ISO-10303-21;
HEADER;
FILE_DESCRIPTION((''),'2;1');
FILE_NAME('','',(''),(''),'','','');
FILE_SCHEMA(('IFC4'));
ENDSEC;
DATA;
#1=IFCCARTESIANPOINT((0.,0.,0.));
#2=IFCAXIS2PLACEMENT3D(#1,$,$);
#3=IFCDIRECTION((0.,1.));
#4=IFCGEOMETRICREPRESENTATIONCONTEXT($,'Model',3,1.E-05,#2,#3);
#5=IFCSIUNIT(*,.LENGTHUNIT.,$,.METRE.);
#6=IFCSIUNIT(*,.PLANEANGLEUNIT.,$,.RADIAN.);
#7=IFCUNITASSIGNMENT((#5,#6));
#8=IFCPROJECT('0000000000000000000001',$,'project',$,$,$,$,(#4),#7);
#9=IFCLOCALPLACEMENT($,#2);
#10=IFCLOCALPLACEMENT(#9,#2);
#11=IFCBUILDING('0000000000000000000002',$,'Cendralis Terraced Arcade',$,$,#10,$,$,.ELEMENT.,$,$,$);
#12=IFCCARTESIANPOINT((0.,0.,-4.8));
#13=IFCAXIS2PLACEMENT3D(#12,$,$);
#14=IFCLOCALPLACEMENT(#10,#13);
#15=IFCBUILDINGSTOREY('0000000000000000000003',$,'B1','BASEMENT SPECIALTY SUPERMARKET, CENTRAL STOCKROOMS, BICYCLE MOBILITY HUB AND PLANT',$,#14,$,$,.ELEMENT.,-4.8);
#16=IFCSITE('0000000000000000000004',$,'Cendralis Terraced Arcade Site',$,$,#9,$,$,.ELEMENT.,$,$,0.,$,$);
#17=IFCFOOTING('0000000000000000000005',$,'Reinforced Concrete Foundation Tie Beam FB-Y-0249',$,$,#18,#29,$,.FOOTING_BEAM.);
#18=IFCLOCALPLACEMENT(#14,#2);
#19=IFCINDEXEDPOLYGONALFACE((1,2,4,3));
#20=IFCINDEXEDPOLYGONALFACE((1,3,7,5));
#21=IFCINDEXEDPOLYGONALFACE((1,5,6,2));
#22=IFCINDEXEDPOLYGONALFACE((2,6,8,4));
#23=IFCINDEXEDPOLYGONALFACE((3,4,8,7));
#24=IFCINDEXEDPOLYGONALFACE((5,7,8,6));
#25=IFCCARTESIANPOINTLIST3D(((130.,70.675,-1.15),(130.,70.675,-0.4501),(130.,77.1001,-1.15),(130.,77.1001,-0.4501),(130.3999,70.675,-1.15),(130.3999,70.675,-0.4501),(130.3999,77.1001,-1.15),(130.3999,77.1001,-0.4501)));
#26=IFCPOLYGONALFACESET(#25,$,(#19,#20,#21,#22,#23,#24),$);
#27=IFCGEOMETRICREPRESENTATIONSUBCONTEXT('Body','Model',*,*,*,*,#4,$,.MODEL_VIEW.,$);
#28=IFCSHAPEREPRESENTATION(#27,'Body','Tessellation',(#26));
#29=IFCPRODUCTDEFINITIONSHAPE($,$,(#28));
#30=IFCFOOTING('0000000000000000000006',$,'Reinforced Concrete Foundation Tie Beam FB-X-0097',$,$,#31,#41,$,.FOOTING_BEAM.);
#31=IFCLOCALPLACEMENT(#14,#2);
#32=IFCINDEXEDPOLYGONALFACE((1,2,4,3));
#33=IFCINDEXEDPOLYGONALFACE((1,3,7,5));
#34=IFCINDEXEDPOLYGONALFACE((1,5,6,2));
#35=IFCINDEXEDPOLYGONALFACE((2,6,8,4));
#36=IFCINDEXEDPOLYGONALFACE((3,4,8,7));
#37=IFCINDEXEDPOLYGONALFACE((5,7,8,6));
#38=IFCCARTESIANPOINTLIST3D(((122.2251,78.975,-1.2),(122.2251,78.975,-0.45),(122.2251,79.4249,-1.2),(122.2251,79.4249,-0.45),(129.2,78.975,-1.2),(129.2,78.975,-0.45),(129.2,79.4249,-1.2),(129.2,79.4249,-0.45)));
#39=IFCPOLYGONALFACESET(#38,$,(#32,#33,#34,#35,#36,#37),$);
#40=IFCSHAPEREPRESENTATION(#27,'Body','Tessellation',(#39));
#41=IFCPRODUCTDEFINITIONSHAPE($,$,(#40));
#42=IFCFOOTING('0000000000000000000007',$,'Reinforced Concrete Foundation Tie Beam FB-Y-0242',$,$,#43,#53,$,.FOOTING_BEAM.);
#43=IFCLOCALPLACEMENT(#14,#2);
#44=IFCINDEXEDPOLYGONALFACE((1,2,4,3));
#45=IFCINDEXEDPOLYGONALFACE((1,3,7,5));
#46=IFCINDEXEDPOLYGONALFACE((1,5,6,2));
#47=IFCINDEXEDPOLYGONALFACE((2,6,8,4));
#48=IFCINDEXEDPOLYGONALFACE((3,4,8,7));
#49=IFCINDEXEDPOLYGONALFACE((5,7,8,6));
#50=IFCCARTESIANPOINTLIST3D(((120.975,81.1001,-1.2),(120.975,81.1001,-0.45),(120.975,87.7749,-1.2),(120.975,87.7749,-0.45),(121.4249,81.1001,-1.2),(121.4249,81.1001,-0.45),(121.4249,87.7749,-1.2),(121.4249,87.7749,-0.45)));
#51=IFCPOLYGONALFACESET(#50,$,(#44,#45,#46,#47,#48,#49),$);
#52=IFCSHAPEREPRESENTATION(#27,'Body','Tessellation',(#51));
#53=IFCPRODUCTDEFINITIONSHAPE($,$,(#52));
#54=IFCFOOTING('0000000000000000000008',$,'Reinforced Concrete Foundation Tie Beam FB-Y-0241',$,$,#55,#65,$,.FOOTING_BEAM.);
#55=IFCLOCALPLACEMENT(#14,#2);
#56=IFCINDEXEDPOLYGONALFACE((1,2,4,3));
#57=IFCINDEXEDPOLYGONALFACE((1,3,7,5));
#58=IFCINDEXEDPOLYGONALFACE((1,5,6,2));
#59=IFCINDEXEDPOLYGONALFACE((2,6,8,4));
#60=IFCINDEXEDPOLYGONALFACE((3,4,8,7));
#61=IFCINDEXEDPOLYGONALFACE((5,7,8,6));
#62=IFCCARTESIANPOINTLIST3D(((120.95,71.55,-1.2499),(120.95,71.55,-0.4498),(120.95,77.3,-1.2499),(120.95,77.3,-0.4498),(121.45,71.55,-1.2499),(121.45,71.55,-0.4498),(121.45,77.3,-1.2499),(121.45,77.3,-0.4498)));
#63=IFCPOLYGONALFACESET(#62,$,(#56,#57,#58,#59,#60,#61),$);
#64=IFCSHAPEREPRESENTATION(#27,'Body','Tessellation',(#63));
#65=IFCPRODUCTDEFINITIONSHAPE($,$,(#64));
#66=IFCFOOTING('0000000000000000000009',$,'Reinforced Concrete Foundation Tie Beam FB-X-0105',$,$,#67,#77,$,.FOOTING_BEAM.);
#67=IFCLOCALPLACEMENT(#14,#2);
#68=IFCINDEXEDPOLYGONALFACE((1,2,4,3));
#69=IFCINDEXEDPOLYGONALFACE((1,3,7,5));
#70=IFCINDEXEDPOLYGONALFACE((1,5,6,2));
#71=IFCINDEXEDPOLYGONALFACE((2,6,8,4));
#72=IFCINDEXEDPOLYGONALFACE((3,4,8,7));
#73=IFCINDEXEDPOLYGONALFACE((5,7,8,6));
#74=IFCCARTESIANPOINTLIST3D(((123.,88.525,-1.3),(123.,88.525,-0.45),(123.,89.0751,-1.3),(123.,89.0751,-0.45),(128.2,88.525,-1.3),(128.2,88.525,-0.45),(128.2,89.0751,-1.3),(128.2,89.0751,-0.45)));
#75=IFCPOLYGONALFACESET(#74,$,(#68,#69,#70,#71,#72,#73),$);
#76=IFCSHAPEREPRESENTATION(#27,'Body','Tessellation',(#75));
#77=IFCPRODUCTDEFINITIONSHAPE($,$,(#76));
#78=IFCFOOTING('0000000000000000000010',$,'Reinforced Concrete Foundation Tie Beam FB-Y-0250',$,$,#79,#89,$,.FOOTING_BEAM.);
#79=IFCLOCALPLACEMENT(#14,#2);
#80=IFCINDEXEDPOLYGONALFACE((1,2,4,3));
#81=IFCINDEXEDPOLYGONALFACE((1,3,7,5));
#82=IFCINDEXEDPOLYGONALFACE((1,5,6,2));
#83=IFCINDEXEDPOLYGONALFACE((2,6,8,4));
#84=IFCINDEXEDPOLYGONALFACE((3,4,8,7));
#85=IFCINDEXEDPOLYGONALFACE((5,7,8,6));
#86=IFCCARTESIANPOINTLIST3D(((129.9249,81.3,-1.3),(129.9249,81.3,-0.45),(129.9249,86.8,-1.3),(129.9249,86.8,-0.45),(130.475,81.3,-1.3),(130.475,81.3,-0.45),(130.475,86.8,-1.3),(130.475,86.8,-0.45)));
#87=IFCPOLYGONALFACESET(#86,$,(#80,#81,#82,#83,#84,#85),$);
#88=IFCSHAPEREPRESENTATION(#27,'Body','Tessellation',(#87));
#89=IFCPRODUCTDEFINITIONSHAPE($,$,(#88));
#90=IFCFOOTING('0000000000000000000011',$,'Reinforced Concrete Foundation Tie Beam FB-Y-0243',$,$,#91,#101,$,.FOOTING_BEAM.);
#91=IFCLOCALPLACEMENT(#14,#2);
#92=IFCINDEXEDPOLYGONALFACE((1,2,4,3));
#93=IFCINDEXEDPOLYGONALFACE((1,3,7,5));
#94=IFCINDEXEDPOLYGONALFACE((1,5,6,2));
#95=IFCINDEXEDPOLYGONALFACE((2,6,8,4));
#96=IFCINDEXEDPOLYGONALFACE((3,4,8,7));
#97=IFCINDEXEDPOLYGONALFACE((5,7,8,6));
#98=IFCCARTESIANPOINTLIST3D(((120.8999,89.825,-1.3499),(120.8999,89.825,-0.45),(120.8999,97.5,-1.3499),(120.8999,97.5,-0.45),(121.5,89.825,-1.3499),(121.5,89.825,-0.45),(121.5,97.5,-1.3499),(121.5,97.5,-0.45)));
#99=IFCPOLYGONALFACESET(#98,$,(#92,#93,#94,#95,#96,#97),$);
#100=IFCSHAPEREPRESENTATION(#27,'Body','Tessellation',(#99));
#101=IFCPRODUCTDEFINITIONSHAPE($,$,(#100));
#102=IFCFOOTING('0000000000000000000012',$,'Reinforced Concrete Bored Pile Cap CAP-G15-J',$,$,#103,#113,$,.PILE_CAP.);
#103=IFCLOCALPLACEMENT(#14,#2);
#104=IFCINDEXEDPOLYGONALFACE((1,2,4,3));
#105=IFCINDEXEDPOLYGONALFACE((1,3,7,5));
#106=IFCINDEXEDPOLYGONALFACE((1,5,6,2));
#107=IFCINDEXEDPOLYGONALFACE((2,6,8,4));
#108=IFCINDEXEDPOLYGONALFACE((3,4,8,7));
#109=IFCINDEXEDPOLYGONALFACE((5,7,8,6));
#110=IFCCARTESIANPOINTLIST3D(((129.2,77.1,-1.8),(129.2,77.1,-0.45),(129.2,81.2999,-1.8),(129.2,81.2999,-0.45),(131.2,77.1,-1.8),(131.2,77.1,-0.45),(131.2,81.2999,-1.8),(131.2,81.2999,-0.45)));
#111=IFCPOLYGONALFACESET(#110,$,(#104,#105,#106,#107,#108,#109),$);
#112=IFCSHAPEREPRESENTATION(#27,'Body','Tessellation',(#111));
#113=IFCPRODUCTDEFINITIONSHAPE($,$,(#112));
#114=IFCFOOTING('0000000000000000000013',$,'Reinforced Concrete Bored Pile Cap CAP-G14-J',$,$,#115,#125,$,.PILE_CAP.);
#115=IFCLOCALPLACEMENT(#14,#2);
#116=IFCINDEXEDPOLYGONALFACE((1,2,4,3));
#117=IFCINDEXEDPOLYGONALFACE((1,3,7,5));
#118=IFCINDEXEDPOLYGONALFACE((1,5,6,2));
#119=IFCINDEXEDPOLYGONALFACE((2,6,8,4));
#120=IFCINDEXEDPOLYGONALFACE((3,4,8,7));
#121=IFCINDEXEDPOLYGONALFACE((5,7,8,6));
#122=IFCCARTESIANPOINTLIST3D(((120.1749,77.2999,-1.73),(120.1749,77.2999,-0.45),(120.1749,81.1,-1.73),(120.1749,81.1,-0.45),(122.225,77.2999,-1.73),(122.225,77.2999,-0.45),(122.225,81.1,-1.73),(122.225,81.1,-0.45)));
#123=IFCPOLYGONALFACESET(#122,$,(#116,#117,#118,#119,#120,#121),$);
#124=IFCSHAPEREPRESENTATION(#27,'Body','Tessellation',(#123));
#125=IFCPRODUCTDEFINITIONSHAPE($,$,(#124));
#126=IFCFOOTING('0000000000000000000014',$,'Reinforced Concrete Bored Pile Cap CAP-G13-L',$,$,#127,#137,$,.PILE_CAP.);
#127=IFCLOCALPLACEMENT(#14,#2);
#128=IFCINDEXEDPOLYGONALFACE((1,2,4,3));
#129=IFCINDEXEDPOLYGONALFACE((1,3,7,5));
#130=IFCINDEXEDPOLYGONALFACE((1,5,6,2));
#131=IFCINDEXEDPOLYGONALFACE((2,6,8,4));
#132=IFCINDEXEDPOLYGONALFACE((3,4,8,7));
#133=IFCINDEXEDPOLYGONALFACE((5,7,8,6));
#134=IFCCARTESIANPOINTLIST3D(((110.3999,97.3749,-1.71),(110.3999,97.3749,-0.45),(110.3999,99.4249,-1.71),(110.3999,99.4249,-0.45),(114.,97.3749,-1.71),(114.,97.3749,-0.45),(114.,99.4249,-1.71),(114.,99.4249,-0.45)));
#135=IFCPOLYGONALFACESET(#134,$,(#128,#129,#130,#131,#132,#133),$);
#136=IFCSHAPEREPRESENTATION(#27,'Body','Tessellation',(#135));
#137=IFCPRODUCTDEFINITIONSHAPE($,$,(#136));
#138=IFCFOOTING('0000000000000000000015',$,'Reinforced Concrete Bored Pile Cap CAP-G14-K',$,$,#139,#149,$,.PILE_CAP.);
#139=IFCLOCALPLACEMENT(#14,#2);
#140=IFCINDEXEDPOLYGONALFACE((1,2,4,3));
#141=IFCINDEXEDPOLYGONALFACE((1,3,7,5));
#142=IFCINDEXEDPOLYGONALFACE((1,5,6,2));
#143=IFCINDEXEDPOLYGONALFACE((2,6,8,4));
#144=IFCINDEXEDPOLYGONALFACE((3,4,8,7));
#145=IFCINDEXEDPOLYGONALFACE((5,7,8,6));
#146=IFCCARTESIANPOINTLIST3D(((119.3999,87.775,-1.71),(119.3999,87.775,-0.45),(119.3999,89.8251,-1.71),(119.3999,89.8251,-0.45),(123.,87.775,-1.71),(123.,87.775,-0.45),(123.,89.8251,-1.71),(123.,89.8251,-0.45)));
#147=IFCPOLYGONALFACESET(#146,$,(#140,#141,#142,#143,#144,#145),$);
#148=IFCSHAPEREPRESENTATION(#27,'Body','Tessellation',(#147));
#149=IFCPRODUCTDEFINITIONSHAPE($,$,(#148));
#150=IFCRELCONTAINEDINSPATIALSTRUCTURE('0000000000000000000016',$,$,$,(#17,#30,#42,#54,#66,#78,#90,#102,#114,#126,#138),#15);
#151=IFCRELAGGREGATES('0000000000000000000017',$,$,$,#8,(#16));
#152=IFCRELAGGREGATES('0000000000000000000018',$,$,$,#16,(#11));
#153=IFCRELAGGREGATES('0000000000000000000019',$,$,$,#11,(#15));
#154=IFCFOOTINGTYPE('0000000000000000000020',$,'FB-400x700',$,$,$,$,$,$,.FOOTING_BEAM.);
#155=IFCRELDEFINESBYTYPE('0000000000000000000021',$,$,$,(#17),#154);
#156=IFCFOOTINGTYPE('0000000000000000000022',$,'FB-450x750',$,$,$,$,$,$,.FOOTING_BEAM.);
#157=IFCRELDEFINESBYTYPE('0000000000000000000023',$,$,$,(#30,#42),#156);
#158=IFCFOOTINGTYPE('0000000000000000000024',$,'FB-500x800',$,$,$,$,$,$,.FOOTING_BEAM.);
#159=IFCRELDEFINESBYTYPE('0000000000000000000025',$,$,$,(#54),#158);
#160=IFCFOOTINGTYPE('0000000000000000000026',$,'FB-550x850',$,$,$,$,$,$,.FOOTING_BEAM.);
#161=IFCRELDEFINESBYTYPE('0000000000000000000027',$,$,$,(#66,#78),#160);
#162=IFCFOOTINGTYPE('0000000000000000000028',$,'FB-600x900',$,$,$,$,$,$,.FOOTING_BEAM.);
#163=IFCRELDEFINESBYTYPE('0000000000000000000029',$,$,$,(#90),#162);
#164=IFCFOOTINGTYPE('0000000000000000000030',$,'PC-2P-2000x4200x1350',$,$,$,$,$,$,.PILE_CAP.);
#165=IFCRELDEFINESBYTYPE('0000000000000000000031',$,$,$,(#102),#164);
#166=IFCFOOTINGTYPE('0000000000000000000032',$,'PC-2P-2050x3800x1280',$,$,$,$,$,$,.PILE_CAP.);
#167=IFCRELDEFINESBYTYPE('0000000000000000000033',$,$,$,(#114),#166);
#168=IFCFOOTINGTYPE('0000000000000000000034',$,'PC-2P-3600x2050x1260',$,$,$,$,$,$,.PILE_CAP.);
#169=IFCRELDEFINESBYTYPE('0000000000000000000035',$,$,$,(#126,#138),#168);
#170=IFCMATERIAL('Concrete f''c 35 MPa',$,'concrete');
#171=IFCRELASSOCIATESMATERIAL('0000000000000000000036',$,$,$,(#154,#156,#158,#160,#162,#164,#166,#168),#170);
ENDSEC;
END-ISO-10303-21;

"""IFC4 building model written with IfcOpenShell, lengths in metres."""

from ifc_helpers import new_model, si_unit, direction, frame, origin, origin_2d, place, context, subcontext, project, spatial, rectangle, extrude, material, material_profile, profile_set, type_object, element, save


model = new_model("IFC4")

# Units and contexts
model_context = context("Model", 3, precision=1e-05, world=origin(), true_north=direction((0.0, 1.0)))
body_context = subcontext(model_context, "Body", "Model", "MODEL_VIEW")
ifc_project = project(units=[si_unit("LENGTHUNIT", "METRE"), si_unit("PLANEANGLEUNIT", "RADIAN")], contexts=[model_context])

# Site, building, storey
site_placement = place(None, origin())
site = spatial("IfcSite", under=ifc_project, at=site_placement, Name="Cendralis Terraced Arcade Site", CompositionType="ELEMENT", RefElevation=0.0)
building_placement = place(site_placement, origin())
building = spatial("IfcBuilding", under=site, at=building_placement, Name="Cendralis Terraced Arcade", CompositionType="ELEMENT")
storey_placement = place(building_placement, frame((0.0, 0.0, -4.8)))
storey = spatial("IfcBuildingStorey", under=building, at=storey_placement, Name="B1", Description="BASEMENT SPECIALTY SUPERMARKET, CENTRAL STOCKROOMS, BICYCLE MOBILITY HUB AND PLANT", CompositionType="ELEMENT", Elevation=-4.8)

# Footings
ifc_material_1 = material(Name="Concrete f'c 35 MPa", Category="concrete")
ifc_material_profile_1 = material_profile(ifc_material_1, rectangle(XDim=0.3999, YDim=0.7, at=origin_2d()), Name="FB-400x700", Category="LoadBearing")
ifc_profile_set_1 = profile_set([ifc_material_profile_1], Name="Concrete f'c 35 MPa")
footing_type_1 = type_object("IfcFootingType", Name="FB-400x700", PredefinedType="FOOTING_BEAM", material=ifc_profile_set_1)
footing_1_placement = place(storey_placement, frame((130.2, 70.675, -0.8), z_axis=(0.0, 1.0, 0.0), x_axis=(-1.0, 0.0, 0.0)))
element("IfcFooting", 1, at=footing_1_placement, inside=storey, type_object=footing_type_1, Name="Reinforced Concrete Foundation Tie Beam FB-Y-0249", PredefinedType="FOOTING_BEAM", context=body_context, shape_type="SweptSolid", body=[
    extrude(rectangle(XDim=0.3999, YDim=0.7, at=origin_2d()), origin(), (0.0, 0.0, 1.0), 6.425),
])
ifc_material_profile_2 = material_profile(ifc_material_1, rectangle(XDim=0.45, YDim=0.75, at=origin_2d()), Name="FB-450x750", Category="LoadBearing")
ifc_profile_set_2 = profile_set([ifc_material_profile_2], Name="Concrete f'c 35 MPa")
footing_type_2 = type_object("IfcFootingType", Name="FB-450x750", PredefinedType="FOOTING_BEAM", material=ifc_profile_set_2)
footing_2_placement = place(storey_placement, frame((122.2251, 79.2, -0.825), z_axis=(1.0, 0.0, 0.0), x_axis=(0.0, 1.0, 0.0)))
element("IfcFooting", 2, at=footing_2_placement, inside=storey, type_object=footing_type_2, Name="Reinforced Concrete Foundation Tie Beam FB-X-0097", PredefinedType="FOOTING_BEAM", context=body_context, shape_type="SweptSolid", body=[
    extrude(rectangle(XDim=0.45, YDim=0.75, at=origin_2d()), origin(), (0.0, 0.0, 1.0), 6.9749),
])
footing_3_placement = place(storey_placement, frame((121.2, 81.1001, -0.825), z_axis=(0.0, 1.0, 0.0), x_axis=(-1.0, 0.0, 0.0)))
element("IfcFooting", 3, at=footing_3_placement, inside=storey, type_object=footing_type_2, Name="Reinforced Concrete Foundation Tie Beam FB-Y-0242", PredefinedType="FOOTING_BEAM", context=body_context, shape_type="SweptSolid", body=[
    extrude(rectangle(XDim=0.45, YDim=0.75, at=origin_2d()), origin(), (0.0, 0.0, 1.0), 6.6748),
])
ifc_material_profile_3 = material_profile(ifc_material_1, rectangle(XDim=0.5, YDim=0.8, at=origin_2d()), Name="FB-500x800", Category="LoadBearing")
ifc_profile_set_3 = profile_set([ifc_material_profile_3], Name="Concrete f'c 35 MPa")
footing_type_3 = type_object("IfcFootingType", Name="FB-500x800", PredefinedType="FOOTING_BEAM", material=ifc_profile_set_3)
footing_4_placement = place(storey_placement, frame((121.2, 71.55, -0.8499), z_axis=(0.0, 1.0, 0.0), x_axis=(-1.0, 0.0, 0.0)))
element("IfcFooting", 4, at=footing_4_placement, inside=storey, type_object=footing_type_3, Name="Reinforced Concrete Foundation Tie Beam FB-Y-0241", PredefinedType="FOOTING_BEAM", context=body_context, shape_type="SweptSolid", body=[
    extrude(rectangle(XDim=0.5, YDim=0.8, at=origin_2d()), origin(), (0.0, 0.0, 1.0), 5.75),
])
ifc_material_profile_4 = material_profile(ifc_material_1, rectangle(XDim=0.55, YDim=0.8501, at=origin_2d()), Name="FB-550x850", Category="LoadBearing")
ifc_profile_set_4 = profile_set([ifc_material_profile_4], Name="Concrete f'c 35 MPa")
footing_type_4 = type_object("IfcFootingType", Name="FB-550x850", PredefinedType="FOOTING_BEAM", material=ifc_profile_set_4)
footing_5_placement = place(storey_placement, frame((123.0, 88.8, -0.875), z_axis=(1.0, 0.0, 0.0), x_axis=(0.0, 1.0, 0.0)))
element("IfcFooting", 5, at=footing_5_placement, inside=storey, type_object=footing_type_4, Name="Reinforced Concrete Foundation Tie Beam FB-X-0105", PredefinedType="FOOTING_BEAM", context=body_context, shape_type="SweptSolid", body=[
    extrude(rectangle(XDim=0.55, YDim=0.8501, at=origin_2d()), origin(), (0.0, 0.0, 1.0), 5.2),
])
footing_6_placement = place(storey_placement, frame((130.2, 81.3, -0.875), z_axis=(0.0, 1.0, 0.0), x_axis=(-1.0, 0.0, 0.0)))
element("IfcFooting", 6, at=footing_6_placement, inside=storey, type_object=footing_type_4, Name="Reinforced Concrete Foundation Tie Beam FB-Y-0250", PredefinedType="FOOTING_BEAM", context=body_context, shape_type="SweptSolid", body=[
    extrude(rectangle(XDim=0.55, YDim=0.8501, at=origin_2d()), origin(), (0.0, 0.0, 1.0), 5.5),
])
ifc_material_profile_5 = material_profile(ifc_material_1, rectangle(XDim=0.6001, YDim=0.8999, at=origin_2d()), Name="FB-600x900", Category="LoadBearing")
ifc_profile_set_5 = profile_set([ifc_material_profile_5], Name="Concrete f'c 35 MPa")
footing_type_5 = type_object("IfcFootingType", Name="FB-600x900", PredefinedType="FOOTING_BEAM", material=ifc_profile_set_5)
footing_7_placement = place(storey_placement, frame((121.2, 89.825, -0.8999), z_axis=(0.0, 1.0, 0.0), x_axis=(-1.0, 0.0, 0.0)))
element("IfcFooting", 7, at=footing_7_placement, inside=storey, type_object=footing_type_5, Name="Reinforced Concrete Foundation Tie Beam FB-Y-0243", PredefinedType="FOOTING_BEAM", context=body_context, shape_type="SweptSolid", body=[
    extrude(rectangle(XDim=0.6001, YDim=0.8999, at=origin_2d()), origin(), (0.0, 0.0, 1.0), 7.675),
])
footing_type_6 = type_object("IfcFootingType", Name="PC-2P-2000x4200x1350", PredefinedType="PILE_CAP", material=ifc_material_1)
footing_8_placement = place(storey_placement, frame((130.2, 79.2, -1.8), z_axis=(0.0, 0.0, 1.0), x_axis=(1.0, 0.0, 0.0)))
element("IfcFooting", 8, at=footing_8_placement, inside=storey, type_object=footing_type_6, Name="Reinforced Concrete Bored Pile Cap CAP-G15-J", PredefinedType="PILE_CAP", context=body_context, shape_type="SweptSolid", body=[
    extrude(rectangle(XDim=2.0, YDim=4.2, at=origin_2d()), origin(), (0.0, 0.0, 1.0), 1.3501),
])
footing_type_7 = type_object("IfcFootingType", Name="PC-2P-2050x3800x1280", PredefinedType="PILE_CAP", material=ifc_material_1)
footing_9_placement = place(storey_placement, frame((121.2, 79.2, -1.73), z_axis=(0.0, 0.0, 1.0), x_axis=(1.0, 0.0, 0.0)))
element("IfcFooting", 9, at=footing_9_placement, inside=storey, type_object=footing_type_7, Name="Reinforced Concrete Bored Pile Cap CAP-G14-J", PredefinedType="PILE_CAP", context=body_context, shape_type="SweptSolid", body=[
    extrude(rectangle(XDim=2.05, YDim=3.8, at=origin_2d()), origin(), (0.0, 0.0, 1.0), 1.28),
])
footing_type_8 = type_object("IfcFootingType", Name="PC-2P-3600x2050x1260", PredefinedType="PILE_CAP", material=ifc_material_1)
for number, where, z_axis, x_axis, name in (
    (10, (112.2, 98.3999, -1.71), (0.0, 0.0, 1.0), (1.0, 0.0, 0.0), "Reinforced Concrete Bored Pile Cap CAP-G13-L"),
    (11, (121.2, 88.8, -1.71), (0.0, 0.0, 1.0), (1.0, 0.0, 0.0), "Reinforced Concrete Bored Pile Cap CAP-G14-K"),
):
    element("IfcFooting", number, at=place(storey_placement, frame(where, z_axis=z_axis, x_axis=x_axis)), inside=storey, type_object=footing_type_8, Name=name, PredefinedType="PILE_CAP", context=body_context, shape_type="SweptSolid", body=[
        extrude(rectangle(XDim=3.6001, YDim=2.05, at=origin_2d()), origin(), (0.0, 0.0, 1.0), 1.26),
    ])

save(model, "model.ifc")
